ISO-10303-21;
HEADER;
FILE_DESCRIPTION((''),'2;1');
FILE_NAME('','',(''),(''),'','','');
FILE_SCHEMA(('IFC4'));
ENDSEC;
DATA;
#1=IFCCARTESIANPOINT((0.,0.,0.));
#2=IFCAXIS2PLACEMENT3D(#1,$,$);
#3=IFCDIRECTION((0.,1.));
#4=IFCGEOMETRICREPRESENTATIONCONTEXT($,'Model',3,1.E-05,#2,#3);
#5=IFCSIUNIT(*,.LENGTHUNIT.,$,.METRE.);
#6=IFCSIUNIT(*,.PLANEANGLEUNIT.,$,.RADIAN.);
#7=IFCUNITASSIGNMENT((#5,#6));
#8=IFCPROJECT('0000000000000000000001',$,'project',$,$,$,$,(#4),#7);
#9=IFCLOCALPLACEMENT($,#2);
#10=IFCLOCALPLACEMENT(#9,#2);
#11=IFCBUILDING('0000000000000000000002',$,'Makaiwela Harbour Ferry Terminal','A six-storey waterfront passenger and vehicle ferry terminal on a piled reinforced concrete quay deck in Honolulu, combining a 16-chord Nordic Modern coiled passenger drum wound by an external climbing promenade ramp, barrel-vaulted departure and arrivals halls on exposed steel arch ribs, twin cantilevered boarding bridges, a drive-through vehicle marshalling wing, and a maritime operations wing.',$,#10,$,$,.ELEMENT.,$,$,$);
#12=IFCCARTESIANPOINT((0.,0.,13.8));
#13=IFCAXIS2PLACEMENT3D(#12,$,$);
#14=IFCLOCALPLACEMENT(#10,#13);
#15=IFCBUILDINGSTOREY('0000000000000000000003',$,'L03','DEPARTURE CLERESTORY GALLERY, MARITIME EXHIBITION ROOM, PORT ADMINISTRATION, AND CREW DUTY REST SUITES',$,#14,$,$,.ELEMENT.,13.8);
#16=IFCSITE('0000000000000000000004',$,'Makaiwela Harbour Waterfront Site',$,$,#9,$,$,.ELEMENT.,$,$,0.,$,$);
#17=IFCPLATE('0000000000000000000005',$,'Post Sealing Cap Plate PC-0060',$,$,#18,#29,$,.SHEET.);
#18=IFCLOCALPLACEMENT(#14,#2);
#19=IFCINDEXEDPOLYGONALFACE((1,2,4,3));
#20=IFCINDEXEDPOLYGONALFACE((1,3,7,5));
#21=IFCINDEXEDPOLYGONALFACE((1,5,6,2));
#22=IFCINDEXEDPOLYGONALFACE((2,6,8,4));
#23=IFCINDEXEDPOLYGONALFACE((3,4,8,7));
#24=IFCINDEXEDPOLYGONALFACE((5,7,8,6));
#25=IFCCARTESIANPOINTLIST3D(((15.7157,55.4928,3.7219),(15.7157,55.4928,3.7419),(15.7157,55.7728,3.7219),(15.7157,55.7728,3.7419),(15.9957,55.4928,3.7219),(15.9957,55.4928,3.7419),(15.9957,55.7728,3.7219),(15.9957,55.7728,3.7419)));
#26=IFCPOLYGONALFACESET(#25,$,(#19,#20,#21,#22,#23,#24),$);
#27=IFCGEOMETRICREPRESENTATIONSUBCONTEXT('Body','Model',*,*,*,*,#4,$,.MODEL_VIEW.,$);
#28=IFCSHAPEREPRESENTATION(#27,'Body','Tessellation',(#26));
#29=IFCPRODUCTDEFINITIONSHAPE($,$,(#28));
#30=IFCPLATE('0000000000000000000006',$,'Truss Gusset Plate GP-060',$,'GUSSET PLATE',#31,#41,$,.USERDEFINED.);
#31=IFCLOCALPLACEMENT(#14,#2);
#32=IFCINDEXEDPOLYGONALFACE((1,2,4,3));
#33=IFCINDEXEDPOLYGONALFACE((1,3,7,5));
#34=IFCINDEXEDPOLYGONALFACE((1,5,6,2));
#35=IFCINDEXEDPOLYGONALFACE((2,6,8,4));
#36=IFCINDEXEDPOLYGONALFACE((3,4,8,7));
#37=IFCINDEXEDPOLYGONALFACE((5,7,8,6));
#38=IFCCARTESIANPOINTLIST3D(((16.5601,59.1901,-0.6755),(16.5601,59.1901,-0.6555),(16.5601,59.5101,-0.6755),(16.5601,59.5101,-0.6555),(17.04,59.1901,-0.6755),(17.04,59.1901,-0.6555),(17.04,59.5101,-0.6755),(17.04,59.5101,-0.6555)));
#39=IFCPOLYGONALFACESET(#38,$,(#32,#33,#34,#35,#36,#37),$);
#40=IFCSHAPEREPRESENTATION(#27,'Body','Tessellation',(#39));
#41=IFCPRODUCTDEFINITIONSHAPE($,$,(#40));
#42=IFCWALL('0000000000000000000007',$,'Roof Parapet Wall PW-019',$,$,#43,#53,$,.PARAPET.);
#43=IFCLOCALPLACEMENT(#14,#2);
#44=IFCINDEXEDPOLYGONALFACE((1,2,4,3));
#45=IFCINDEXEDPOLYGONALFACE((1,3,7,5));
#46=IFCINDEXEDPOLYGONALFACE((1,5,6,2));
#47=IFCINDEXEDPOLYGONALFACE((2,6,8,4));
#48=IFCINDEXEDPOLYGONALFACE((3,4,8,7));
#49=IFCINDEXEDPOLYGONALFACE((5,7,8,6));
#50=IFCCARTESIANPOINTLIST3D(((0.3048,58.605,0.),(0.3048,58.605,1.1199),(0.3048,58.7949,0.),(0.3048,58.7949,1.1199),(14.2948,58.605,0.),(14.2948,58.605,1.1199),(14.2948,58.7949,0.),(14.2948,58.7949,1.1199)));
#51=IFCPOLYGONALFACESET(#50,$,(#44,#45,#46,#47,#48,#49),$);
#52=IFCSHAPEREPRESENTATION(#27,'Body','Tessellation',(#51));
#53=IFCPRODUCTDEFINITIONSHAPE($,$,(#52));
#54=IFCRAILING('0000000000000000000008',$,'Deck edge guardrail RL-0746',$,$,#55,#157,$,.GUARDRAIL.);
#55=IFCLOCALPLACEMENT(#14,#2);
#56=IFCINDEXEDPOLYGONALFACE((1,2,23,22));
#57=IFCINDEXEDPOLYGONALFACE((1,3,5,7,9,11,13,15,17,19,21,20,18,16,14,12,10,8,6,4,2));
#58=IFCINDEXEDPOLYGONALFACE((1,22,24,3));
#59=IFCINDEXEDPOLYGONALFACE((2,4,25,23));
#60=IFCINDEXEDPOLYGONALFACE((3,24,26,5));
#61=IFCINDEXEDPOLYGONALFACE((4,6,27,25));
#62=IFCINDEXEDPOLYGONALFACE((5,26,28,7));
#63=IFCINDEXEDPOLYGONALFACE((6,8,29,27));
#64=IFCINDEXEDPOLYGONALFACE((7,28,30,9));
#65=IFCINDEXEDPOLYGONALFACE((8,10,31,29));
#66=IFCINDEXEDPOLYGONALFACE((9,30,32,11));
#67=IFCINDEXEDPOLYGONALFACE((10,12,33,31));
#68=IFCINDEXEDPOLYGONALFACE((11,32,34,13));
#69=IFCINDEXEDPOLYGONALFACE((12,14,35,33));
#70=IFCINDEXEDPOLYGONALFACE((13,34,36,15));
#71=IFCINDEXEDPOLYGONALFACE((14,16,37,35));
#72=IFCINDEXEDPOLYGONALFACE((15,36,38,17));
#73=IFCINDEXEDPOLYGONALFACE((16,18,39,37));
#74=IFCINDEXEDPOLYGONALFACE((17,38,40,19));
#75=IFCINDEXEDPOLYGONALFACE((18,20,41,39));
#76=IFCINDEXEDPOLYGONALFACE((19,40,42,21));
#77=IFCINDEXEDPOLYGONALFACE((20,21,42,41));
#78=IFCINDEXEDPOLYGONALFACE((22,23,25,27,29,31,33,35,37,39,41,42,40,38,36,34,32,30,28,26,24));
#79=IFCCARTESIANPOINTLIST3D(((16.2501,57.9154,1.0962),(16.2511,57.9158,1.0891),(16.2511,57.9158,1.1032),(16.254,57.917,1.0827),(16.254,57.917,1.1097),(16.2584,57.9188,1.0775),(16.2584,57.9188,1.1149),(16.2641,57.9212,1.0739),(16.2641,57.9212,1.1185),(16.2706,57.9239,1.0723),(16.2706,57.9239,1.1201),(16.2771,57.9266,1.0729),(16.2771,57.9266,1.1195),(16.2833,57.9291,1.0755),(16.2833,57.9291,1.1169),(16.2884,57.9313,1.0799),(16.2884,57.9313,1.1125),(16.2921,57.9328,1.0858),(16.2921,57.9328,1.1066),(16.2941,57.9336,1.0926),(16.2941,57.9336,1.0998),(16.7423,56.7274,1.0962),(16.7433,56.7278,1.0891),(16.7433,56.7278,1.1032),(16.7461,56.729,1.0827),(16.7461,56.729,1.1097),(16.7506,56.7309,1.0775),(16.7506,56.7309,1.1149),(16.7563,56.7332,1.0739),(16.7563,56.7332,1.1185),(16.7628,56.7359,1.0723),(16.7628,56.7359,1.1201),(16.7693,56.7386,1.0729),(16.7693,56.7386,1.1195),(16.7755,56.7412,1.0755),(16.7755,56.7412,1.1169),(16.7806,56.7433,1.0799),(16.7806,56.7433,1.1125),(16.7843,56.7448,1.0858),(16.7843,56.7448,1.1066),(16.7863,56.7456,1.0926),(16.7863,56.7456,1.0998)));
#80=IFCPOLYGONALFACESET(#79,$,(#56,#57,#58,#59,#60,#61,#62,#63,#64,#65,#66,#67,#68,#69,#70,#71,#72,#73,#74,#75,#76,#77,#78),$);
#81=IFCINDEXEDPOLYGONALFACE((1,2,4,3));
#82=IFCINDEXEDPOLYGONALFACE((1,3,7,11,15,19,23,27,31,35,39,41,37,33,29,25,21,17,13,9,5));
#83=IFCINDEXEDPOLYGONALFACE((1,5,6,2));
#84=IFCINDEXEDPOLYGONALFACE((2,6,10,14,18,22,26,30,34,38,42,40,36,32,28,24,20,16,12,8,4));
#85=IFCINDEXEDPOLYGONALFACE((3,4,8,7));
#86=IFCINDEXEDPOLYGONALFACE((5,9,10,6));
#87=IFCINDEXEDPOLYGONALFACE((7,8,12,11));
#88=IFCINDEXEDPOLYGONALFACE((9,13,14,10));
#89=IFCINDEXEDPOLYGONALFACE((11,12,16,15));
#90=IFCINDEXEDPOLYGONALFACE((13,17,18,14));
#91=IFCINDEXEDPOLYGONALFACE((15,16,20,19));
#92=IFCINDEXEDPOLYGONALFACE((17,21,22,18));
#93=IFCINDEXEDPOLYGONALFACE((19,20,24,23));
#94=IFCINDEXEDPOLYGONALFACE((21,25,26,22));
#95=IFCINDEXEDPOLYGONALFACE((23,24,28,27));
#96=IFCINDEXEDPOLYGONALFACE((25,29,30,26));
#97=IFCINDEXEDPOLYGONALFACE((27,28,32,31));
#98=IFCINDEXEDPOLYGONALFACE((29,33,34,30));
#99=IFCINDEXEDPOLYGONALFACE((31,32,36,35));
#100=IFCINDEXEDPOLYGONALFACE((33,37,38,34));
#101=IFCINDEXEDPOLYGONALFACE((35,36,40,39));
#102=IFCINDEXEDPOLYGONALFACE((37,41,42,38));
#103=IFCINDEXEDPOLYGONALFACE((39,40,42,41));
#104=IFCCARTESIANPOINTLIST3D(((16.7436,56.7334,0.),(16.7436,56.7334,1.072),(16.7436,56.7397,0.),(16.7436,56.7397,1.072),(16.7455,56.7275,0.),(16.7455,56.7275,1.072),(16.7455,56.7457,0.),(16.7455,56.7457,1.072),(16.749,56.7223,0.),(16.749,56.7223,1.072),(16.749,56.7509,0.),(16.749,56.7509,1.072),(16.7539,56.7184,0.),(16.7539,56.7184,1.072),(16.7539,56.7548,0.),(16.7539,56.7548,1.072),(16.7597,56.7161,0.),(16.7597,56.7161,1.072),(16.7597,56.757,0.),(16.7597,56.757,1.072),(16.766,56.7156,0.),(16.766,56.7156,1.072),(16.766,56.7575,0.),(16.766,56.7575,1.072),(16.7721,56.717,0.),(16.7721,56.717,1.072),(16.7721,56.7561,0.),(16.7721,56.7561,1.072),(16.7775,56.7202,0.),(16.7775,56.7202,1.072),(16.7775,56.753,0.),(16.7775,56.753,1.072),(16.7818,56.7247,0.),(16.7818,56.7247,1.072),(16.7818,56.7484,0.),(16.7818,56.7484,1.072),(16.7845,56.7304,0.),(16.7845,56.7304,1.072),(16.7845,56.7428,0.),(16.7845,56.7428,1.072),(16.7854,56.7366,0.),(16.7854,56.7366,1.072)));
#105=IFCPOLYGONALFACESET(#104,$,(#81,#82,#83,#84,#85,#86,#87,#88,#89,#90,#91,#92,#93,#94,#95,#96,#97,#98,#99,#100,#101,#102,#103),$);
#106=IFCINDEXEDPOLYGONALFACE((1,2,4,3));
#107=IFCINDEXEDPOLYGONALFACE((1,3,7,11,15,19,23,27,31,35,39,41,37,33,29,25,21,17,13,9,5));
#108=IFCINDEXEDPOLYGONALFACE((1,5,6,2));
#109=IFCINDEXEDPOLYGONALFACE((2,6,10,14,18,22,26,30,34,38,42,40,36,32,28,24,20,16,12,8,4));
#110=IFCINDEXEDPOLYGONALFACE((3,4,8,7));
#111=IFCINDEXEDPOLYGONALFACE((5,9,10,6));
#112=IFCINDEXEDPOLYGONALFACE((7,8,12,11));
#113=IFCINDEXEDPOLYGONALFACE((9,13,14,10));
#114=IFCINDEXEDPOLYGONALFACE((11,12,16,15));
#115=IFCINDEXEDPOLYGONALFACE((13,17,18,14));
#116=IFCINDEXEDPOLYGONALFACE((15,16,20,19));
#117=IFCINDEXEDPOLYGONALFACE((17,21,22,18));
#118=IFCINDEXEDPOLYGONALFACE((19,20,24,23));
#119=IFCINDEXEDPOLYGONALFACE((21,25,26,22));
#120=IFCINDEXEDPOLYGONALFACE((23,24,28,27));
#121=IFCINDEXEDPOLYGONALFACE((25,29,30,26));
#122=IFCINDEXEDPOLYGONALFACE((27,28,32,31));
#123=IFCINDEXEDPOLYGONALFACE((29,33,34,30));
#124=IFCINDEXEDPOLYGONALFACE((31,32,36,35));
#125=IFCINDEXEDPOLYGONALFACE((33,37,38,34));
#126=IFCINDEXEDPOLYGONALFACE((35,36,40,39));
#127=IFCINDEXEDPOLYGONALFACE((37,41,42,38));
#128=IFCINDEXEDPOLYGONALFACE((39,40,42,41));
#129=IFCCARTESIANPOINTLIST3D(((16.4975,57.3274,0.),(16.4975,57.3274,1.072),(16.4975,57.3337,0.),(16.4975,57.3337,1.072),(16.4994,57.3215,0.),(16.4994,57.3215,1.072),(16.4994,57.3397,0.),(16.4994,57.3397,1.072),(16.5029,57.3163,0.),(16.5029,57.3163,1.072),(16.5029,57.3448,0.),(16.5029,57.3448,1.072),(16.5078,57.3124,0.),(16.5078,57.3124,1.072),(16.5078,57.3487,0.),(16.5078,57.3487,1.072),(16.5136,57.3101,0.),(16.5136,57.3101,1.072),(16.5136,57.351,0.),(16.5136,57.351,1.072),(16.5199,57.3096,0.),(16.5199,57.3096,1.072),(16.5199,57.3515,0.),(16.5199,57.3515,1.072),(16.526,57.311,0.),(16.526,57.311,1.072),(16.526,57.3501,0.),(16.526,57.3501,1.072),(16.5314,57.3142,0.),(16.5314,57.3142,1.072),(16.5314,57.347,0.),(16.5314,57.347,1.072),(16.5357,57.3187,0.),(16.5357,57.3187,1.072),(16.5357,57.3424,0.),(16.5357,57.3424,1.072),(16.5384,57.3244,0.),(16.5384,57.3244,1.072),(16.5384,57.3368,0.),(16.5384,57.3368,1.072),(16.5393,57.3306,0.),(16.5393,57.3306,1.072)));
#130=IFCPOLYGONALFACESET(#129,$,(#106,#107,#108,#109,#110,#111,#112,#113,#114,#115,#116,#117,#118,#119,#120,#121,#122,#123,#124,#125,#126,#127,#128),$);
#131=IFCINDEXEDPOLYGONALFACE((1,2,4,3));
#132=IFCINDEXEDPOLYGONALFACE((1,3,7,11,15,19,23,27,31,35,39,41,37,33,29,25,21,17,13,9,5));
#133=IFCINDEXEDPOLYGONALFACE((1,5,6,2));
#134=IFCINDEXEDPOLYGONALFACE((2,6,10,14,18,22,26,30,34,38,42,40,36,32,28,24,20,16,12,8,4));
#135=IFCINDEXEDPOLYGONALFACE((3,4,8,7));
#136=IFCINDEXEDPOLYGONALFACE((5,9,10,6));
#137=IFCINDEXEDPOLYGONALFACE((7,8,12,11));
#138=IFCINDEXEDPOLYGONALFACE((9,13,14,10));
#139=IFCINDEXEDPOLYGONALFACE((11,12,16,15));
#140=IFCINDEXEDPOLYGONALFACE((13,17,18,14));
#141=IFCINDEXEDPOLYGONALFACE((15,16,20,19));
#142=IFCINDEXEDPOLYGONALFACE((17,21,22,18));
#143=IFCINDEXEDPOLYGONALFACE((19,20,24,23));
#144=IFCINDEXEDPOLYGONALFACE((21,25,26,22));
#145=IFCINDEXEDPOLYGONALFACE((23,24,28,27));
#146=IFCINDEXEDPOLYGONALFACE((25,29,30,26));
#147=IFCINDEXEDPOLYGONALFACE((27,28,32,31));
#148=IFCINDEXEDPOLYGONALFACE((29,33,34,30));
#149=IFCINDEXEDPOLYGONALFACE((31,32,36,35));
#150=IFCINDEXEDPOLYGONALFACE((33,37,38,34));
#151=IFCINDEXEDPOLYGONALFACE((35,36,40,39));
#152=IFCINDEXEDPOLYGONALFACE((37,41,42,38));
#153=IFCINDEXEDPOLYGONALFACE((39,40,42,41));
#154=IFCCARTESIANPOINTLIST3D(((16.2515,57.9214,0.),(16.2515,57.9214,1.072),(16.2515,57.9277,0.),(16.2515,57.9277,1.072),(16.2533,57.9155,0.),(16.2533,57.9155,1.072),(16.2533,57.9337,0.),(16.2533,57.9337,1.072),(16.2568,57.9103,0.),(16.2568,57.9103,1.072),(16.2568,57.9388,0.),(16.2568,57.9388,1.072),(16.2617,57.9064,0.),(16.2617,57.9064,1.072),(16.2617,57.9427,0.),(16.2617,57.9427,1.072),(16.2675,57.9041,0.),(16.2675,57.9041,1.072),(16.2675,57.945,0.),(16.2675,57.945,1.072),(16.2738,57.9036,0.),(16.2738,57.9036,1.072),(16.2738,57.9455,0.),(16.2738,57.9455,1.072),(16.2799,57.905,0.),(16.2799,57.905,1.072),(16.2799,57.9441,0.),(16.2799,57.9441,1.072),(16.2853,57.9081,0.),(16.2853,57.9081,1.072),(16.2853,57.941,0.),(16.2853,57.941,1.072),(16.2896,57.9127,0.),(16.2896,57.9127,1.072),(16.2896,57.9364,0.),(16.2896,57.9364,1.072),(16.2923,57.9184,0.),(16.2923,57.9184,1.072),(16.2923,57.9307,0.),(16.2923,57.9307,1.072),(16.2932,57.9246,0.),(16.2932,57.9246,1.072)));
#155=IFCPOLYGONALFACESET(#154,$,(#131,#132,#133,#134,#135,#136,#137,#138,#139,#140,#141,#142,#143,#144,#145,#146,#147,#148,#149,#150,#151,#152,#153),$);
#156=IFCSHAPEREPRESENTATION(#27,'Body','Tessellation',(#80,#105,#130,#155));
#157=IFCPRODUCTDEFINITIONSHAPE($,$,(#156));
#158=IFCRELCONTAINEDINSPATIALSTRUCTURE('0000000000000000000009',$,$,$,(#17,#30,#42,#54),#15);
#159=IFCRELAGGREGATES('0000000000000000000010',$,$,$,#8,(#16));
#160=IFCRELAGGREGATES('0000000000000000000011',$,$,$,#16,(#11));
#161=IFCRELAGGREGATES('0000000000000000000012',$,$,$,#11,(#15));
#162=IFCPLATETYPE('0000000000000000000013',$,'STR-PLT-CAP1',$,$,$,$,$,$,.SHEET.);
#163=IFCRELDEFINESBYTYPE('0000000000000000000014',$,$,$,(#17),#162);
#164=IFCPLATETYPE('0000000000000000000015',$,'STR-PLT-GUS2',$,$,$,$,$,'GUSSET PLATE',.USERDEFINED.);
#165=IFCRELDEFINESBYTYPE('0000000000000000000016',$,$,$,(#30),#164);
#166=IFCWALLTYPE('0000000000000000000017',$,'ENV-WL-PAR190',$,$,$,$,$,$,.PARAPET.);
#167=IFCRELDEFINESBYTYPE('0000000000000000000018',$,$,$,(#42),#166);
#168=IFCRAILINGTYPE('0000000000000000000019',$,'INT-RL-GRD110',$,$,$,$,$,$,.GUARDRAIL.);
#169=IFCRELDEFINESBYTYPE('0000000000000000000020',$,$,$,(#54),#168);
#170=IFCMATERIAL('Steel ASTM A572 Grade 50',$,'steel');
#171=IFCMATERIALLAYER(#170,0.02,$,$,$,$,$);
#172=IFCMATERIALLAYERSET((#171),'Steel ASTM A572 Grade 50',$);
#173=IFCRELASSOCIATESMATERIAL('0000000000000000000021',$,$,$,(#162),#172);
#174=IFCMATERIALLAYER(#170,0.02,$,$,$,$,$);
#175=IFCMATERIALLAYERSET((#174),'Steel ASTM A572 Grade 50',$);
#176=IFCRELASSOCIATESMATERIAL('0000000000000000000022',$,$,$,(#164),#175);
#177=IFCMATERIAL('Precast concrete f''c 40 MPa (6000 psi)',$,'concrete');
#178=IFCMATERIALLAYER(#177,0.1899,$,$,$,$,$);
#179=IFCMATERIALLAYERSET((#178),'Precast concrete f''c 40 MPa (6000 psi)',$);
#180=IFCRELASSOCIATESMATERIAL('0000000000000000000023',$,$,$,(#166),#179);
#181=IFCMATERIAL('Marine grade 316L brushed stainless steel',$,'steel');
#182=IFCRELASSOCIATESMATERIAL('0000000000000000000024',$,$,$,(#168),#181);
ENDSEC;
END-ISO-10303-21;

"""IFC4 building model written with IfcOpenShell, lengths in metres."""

from ifc_helpers import new_model, si_unit, direction, frame, frame_2d, origin, origin_2d, place, context, subcontext, project, spatial, rectangle, circle, extrude, material, layer, layer_set, type_object, element, save


model = new_model("IFC4")

# Units and contexts
model_context = context("Model", 3, precision=1e-05, world=origin(), true_north=direction((0.0, 1.0)))
body_context = subcontext(model_context, "Body", "Model", "MODEL_VIEW")
ifc_project = project(units=[si_unit("LENGTHUNIT", "METRE"), si_unit("PLANEANGLEUNIT", "RADIAN")], contexts=[model_context])

# Site, building, storey
site_placement = place(None, origin())
site = spatial("IfcSite", under=ifc_project, at=site_placement, Name="Makaiwela Harbour Waterfront Site", CompositionType="ELEMENT", RefElevation=0.0)
building_placement = place(site_placement, origin())
building = spatial("IfcBuilding", under=site, at=building_placement, Name="Makaiwela Harbour Ferry Terminal", Description="A six-storey waterfront passenger and vehicle ferry terminal on a piled reinforced concrete quay deck in Honolulu, combining a 16-chord Nordic Modern coiled passenger drum wound by an external climbing promenade ramp, barrel-vaulted departure and arrivals halls on exposed steel arch ribs, twin cantilevered boarding bridges, a drive-through vehicle marshalling wing, and a maritime operations wing.", CompositionType="ELEMENT")
storey_placement = place(building_placement, frame((0.0, 0.0, 13.8)))
storey = spatial("IfcBuildingStorey", under=building, at=storey_placement, Name="L03", Description="DEPARTURE CLERESTORY GALLERY, MARITIME EXHIBITION ROOM, PORT ADMINISTRATION, AND CREW DUTY REST SUITES", CompositionType="ELEMENT", Elevation=13.8)

# Plates
ifc_material_1 = material(Name="Steel ASTM A572 Grade 50", Category="steel")
ifc_layer_1 = layer(ifc_material_1, 0.02)
ifc_layer_set_1 = layer_set([ifc_layer_1], Name="Steel ASTM A572 Grade 50")
plate_type_1 = type_object("IfcPlateType", Name="STR-PLT-CAP1", PredefinedType="SHEET", material=ifc_layer_set_1)
for number, where, z_axis, x_axis, name in (
    (1, (15.8557, 55.6328, 3.7219), (0.0, 0.0, 1.0), (1.0, 0.0, 0.0), "Post Sealing Cap Plate PC-0060"),
):
    element("IfcPlate", number, at=place(storey_placement, frame(where, z_axis=z_axis, x_axis=x_axis)), inside=storey, type_object=plate_type_1, Name=name, PredefinedType="SHEET", context=body_context, shape_type="SweptSolid", body=[
        extrude(rectangle(XDim=0.28, YDim=0.28, at=origin_2d()), origin(), (0.0, 0.0, 1.0), 0.02),
    ])
ifc_layer_2 = layer(ifc_material_1, 0.02)
ifc_layer_set_2 = layer_set([ifc_layer_2], Name="Steel ASTM A572 Grade 50")
plate_type_2 = type_object("IfcPlateType", Name="STR-PLT-GUS2", ElementType="GUSSET PLATE", PredefinedType="USERDEFINED", material=ifc_layer_set_2)
plate_1_placement = place(storey_placement, frame((16.8, 59.3501, -0.6755), z_axis=(0.0, 0.0, 1.0), x_axis=(1.0, 0.0, 0.0)))
element("IfcPlate", 2, at=plate_1_placement, inside=storey, type_object=plate_type_2, Name="Truss Gusset Plate GP-060", ObjectType="GUSSET PLATE", PredefinedType="USERDEFINED", context=body_context, shape_type="SweptSolid", body=[
    extrude(rectangle(XDim=0.48, YDim=0.3201, at=origin_2d()), origin(), (0.0, 0.0, 1.0), 0.02),
])

# Wall
ifc_material_2 = material(Name="Precast concrete f'c 40 MPa (6000 psi)", Category="concrete")
ifc_layer_3 = layer(ifc_material_2, 0.1899)
ifc_layer_set_3 = layer_set([ifc_layer_3], Name="Precast concrete f'c 40 MPa (6000 psi)")
wall_type = type_object("IfcWallType", Name="ENV-WL-PAR190", PredefinedType="PARAPET", material=ifc_layer_set_3)
wall_placement = place(storey_placement, frame((14.2949, 58.7, 0.0), z_axis=(0.0, 0.0, 1.0), x_axis=(-1.0, 0.0, 0.0)))
element("IfcWall", 3, at=wall_placement, inside=storey, type_object=wall_type, Name="Roof Parapet Wall PW-019", PredefinedType="PARAPET", context=body_context, shape_type="SweptSolid", body=[
    extrude(rectangle(XDim=13.99, YDim=0.1899, at=frame_2d((6.9951, 0.0))), origin(), (0.0, 0.0, 1.0), 1.1199),
])

# Railing
ifc_material_3 = material(Name="Marine grade 316L brushed stainless steel", Category="steel")
railing_type = type_object("IfcRailingType", Name="INT-RL-GRD110", PredefinedType="GUARDRAIL", material=ifc_material_3)
railing_placement = place(storey_placement, frame((16.7644, 56.7366, 0.0)))
element("IfcRailing", 4, at=railing_placement, inside=storey, type_object=railing_type, Name="Deck edge guardrail RL-0746", PredefinedType="GUARDRAIL", context=body_context, shape_type="SweptSolid", body=[
    extrude(circle(Radius=0.0239, at=origin_2d()), frame((0.0, 0.0, 1.0962), z_axis=(-0.382754, 0.92385, 0.0), x_axis=(-0.92385, -0.382754, 0.0)), (0.0, 0.0, 1.0), 1.2859),
    extrude(circle(Radius=0.021, at=origin_2d()), origin(), (0.0, 0.0, 1.0), 1.072),
    extrude(circle(Radius=0.021, at=origin_2d()), frame((-0.2461, 0.594, 0.0)), (0.0, 0.0, 1.0), 1.072),
    extrude(circle(Radius=0.021, at=origin_2d()), frame((-0.4922, 1.188, 0.0)), (0.0, 0.0, 1.0), 1.072),
])

save(model, "model.ifc")
